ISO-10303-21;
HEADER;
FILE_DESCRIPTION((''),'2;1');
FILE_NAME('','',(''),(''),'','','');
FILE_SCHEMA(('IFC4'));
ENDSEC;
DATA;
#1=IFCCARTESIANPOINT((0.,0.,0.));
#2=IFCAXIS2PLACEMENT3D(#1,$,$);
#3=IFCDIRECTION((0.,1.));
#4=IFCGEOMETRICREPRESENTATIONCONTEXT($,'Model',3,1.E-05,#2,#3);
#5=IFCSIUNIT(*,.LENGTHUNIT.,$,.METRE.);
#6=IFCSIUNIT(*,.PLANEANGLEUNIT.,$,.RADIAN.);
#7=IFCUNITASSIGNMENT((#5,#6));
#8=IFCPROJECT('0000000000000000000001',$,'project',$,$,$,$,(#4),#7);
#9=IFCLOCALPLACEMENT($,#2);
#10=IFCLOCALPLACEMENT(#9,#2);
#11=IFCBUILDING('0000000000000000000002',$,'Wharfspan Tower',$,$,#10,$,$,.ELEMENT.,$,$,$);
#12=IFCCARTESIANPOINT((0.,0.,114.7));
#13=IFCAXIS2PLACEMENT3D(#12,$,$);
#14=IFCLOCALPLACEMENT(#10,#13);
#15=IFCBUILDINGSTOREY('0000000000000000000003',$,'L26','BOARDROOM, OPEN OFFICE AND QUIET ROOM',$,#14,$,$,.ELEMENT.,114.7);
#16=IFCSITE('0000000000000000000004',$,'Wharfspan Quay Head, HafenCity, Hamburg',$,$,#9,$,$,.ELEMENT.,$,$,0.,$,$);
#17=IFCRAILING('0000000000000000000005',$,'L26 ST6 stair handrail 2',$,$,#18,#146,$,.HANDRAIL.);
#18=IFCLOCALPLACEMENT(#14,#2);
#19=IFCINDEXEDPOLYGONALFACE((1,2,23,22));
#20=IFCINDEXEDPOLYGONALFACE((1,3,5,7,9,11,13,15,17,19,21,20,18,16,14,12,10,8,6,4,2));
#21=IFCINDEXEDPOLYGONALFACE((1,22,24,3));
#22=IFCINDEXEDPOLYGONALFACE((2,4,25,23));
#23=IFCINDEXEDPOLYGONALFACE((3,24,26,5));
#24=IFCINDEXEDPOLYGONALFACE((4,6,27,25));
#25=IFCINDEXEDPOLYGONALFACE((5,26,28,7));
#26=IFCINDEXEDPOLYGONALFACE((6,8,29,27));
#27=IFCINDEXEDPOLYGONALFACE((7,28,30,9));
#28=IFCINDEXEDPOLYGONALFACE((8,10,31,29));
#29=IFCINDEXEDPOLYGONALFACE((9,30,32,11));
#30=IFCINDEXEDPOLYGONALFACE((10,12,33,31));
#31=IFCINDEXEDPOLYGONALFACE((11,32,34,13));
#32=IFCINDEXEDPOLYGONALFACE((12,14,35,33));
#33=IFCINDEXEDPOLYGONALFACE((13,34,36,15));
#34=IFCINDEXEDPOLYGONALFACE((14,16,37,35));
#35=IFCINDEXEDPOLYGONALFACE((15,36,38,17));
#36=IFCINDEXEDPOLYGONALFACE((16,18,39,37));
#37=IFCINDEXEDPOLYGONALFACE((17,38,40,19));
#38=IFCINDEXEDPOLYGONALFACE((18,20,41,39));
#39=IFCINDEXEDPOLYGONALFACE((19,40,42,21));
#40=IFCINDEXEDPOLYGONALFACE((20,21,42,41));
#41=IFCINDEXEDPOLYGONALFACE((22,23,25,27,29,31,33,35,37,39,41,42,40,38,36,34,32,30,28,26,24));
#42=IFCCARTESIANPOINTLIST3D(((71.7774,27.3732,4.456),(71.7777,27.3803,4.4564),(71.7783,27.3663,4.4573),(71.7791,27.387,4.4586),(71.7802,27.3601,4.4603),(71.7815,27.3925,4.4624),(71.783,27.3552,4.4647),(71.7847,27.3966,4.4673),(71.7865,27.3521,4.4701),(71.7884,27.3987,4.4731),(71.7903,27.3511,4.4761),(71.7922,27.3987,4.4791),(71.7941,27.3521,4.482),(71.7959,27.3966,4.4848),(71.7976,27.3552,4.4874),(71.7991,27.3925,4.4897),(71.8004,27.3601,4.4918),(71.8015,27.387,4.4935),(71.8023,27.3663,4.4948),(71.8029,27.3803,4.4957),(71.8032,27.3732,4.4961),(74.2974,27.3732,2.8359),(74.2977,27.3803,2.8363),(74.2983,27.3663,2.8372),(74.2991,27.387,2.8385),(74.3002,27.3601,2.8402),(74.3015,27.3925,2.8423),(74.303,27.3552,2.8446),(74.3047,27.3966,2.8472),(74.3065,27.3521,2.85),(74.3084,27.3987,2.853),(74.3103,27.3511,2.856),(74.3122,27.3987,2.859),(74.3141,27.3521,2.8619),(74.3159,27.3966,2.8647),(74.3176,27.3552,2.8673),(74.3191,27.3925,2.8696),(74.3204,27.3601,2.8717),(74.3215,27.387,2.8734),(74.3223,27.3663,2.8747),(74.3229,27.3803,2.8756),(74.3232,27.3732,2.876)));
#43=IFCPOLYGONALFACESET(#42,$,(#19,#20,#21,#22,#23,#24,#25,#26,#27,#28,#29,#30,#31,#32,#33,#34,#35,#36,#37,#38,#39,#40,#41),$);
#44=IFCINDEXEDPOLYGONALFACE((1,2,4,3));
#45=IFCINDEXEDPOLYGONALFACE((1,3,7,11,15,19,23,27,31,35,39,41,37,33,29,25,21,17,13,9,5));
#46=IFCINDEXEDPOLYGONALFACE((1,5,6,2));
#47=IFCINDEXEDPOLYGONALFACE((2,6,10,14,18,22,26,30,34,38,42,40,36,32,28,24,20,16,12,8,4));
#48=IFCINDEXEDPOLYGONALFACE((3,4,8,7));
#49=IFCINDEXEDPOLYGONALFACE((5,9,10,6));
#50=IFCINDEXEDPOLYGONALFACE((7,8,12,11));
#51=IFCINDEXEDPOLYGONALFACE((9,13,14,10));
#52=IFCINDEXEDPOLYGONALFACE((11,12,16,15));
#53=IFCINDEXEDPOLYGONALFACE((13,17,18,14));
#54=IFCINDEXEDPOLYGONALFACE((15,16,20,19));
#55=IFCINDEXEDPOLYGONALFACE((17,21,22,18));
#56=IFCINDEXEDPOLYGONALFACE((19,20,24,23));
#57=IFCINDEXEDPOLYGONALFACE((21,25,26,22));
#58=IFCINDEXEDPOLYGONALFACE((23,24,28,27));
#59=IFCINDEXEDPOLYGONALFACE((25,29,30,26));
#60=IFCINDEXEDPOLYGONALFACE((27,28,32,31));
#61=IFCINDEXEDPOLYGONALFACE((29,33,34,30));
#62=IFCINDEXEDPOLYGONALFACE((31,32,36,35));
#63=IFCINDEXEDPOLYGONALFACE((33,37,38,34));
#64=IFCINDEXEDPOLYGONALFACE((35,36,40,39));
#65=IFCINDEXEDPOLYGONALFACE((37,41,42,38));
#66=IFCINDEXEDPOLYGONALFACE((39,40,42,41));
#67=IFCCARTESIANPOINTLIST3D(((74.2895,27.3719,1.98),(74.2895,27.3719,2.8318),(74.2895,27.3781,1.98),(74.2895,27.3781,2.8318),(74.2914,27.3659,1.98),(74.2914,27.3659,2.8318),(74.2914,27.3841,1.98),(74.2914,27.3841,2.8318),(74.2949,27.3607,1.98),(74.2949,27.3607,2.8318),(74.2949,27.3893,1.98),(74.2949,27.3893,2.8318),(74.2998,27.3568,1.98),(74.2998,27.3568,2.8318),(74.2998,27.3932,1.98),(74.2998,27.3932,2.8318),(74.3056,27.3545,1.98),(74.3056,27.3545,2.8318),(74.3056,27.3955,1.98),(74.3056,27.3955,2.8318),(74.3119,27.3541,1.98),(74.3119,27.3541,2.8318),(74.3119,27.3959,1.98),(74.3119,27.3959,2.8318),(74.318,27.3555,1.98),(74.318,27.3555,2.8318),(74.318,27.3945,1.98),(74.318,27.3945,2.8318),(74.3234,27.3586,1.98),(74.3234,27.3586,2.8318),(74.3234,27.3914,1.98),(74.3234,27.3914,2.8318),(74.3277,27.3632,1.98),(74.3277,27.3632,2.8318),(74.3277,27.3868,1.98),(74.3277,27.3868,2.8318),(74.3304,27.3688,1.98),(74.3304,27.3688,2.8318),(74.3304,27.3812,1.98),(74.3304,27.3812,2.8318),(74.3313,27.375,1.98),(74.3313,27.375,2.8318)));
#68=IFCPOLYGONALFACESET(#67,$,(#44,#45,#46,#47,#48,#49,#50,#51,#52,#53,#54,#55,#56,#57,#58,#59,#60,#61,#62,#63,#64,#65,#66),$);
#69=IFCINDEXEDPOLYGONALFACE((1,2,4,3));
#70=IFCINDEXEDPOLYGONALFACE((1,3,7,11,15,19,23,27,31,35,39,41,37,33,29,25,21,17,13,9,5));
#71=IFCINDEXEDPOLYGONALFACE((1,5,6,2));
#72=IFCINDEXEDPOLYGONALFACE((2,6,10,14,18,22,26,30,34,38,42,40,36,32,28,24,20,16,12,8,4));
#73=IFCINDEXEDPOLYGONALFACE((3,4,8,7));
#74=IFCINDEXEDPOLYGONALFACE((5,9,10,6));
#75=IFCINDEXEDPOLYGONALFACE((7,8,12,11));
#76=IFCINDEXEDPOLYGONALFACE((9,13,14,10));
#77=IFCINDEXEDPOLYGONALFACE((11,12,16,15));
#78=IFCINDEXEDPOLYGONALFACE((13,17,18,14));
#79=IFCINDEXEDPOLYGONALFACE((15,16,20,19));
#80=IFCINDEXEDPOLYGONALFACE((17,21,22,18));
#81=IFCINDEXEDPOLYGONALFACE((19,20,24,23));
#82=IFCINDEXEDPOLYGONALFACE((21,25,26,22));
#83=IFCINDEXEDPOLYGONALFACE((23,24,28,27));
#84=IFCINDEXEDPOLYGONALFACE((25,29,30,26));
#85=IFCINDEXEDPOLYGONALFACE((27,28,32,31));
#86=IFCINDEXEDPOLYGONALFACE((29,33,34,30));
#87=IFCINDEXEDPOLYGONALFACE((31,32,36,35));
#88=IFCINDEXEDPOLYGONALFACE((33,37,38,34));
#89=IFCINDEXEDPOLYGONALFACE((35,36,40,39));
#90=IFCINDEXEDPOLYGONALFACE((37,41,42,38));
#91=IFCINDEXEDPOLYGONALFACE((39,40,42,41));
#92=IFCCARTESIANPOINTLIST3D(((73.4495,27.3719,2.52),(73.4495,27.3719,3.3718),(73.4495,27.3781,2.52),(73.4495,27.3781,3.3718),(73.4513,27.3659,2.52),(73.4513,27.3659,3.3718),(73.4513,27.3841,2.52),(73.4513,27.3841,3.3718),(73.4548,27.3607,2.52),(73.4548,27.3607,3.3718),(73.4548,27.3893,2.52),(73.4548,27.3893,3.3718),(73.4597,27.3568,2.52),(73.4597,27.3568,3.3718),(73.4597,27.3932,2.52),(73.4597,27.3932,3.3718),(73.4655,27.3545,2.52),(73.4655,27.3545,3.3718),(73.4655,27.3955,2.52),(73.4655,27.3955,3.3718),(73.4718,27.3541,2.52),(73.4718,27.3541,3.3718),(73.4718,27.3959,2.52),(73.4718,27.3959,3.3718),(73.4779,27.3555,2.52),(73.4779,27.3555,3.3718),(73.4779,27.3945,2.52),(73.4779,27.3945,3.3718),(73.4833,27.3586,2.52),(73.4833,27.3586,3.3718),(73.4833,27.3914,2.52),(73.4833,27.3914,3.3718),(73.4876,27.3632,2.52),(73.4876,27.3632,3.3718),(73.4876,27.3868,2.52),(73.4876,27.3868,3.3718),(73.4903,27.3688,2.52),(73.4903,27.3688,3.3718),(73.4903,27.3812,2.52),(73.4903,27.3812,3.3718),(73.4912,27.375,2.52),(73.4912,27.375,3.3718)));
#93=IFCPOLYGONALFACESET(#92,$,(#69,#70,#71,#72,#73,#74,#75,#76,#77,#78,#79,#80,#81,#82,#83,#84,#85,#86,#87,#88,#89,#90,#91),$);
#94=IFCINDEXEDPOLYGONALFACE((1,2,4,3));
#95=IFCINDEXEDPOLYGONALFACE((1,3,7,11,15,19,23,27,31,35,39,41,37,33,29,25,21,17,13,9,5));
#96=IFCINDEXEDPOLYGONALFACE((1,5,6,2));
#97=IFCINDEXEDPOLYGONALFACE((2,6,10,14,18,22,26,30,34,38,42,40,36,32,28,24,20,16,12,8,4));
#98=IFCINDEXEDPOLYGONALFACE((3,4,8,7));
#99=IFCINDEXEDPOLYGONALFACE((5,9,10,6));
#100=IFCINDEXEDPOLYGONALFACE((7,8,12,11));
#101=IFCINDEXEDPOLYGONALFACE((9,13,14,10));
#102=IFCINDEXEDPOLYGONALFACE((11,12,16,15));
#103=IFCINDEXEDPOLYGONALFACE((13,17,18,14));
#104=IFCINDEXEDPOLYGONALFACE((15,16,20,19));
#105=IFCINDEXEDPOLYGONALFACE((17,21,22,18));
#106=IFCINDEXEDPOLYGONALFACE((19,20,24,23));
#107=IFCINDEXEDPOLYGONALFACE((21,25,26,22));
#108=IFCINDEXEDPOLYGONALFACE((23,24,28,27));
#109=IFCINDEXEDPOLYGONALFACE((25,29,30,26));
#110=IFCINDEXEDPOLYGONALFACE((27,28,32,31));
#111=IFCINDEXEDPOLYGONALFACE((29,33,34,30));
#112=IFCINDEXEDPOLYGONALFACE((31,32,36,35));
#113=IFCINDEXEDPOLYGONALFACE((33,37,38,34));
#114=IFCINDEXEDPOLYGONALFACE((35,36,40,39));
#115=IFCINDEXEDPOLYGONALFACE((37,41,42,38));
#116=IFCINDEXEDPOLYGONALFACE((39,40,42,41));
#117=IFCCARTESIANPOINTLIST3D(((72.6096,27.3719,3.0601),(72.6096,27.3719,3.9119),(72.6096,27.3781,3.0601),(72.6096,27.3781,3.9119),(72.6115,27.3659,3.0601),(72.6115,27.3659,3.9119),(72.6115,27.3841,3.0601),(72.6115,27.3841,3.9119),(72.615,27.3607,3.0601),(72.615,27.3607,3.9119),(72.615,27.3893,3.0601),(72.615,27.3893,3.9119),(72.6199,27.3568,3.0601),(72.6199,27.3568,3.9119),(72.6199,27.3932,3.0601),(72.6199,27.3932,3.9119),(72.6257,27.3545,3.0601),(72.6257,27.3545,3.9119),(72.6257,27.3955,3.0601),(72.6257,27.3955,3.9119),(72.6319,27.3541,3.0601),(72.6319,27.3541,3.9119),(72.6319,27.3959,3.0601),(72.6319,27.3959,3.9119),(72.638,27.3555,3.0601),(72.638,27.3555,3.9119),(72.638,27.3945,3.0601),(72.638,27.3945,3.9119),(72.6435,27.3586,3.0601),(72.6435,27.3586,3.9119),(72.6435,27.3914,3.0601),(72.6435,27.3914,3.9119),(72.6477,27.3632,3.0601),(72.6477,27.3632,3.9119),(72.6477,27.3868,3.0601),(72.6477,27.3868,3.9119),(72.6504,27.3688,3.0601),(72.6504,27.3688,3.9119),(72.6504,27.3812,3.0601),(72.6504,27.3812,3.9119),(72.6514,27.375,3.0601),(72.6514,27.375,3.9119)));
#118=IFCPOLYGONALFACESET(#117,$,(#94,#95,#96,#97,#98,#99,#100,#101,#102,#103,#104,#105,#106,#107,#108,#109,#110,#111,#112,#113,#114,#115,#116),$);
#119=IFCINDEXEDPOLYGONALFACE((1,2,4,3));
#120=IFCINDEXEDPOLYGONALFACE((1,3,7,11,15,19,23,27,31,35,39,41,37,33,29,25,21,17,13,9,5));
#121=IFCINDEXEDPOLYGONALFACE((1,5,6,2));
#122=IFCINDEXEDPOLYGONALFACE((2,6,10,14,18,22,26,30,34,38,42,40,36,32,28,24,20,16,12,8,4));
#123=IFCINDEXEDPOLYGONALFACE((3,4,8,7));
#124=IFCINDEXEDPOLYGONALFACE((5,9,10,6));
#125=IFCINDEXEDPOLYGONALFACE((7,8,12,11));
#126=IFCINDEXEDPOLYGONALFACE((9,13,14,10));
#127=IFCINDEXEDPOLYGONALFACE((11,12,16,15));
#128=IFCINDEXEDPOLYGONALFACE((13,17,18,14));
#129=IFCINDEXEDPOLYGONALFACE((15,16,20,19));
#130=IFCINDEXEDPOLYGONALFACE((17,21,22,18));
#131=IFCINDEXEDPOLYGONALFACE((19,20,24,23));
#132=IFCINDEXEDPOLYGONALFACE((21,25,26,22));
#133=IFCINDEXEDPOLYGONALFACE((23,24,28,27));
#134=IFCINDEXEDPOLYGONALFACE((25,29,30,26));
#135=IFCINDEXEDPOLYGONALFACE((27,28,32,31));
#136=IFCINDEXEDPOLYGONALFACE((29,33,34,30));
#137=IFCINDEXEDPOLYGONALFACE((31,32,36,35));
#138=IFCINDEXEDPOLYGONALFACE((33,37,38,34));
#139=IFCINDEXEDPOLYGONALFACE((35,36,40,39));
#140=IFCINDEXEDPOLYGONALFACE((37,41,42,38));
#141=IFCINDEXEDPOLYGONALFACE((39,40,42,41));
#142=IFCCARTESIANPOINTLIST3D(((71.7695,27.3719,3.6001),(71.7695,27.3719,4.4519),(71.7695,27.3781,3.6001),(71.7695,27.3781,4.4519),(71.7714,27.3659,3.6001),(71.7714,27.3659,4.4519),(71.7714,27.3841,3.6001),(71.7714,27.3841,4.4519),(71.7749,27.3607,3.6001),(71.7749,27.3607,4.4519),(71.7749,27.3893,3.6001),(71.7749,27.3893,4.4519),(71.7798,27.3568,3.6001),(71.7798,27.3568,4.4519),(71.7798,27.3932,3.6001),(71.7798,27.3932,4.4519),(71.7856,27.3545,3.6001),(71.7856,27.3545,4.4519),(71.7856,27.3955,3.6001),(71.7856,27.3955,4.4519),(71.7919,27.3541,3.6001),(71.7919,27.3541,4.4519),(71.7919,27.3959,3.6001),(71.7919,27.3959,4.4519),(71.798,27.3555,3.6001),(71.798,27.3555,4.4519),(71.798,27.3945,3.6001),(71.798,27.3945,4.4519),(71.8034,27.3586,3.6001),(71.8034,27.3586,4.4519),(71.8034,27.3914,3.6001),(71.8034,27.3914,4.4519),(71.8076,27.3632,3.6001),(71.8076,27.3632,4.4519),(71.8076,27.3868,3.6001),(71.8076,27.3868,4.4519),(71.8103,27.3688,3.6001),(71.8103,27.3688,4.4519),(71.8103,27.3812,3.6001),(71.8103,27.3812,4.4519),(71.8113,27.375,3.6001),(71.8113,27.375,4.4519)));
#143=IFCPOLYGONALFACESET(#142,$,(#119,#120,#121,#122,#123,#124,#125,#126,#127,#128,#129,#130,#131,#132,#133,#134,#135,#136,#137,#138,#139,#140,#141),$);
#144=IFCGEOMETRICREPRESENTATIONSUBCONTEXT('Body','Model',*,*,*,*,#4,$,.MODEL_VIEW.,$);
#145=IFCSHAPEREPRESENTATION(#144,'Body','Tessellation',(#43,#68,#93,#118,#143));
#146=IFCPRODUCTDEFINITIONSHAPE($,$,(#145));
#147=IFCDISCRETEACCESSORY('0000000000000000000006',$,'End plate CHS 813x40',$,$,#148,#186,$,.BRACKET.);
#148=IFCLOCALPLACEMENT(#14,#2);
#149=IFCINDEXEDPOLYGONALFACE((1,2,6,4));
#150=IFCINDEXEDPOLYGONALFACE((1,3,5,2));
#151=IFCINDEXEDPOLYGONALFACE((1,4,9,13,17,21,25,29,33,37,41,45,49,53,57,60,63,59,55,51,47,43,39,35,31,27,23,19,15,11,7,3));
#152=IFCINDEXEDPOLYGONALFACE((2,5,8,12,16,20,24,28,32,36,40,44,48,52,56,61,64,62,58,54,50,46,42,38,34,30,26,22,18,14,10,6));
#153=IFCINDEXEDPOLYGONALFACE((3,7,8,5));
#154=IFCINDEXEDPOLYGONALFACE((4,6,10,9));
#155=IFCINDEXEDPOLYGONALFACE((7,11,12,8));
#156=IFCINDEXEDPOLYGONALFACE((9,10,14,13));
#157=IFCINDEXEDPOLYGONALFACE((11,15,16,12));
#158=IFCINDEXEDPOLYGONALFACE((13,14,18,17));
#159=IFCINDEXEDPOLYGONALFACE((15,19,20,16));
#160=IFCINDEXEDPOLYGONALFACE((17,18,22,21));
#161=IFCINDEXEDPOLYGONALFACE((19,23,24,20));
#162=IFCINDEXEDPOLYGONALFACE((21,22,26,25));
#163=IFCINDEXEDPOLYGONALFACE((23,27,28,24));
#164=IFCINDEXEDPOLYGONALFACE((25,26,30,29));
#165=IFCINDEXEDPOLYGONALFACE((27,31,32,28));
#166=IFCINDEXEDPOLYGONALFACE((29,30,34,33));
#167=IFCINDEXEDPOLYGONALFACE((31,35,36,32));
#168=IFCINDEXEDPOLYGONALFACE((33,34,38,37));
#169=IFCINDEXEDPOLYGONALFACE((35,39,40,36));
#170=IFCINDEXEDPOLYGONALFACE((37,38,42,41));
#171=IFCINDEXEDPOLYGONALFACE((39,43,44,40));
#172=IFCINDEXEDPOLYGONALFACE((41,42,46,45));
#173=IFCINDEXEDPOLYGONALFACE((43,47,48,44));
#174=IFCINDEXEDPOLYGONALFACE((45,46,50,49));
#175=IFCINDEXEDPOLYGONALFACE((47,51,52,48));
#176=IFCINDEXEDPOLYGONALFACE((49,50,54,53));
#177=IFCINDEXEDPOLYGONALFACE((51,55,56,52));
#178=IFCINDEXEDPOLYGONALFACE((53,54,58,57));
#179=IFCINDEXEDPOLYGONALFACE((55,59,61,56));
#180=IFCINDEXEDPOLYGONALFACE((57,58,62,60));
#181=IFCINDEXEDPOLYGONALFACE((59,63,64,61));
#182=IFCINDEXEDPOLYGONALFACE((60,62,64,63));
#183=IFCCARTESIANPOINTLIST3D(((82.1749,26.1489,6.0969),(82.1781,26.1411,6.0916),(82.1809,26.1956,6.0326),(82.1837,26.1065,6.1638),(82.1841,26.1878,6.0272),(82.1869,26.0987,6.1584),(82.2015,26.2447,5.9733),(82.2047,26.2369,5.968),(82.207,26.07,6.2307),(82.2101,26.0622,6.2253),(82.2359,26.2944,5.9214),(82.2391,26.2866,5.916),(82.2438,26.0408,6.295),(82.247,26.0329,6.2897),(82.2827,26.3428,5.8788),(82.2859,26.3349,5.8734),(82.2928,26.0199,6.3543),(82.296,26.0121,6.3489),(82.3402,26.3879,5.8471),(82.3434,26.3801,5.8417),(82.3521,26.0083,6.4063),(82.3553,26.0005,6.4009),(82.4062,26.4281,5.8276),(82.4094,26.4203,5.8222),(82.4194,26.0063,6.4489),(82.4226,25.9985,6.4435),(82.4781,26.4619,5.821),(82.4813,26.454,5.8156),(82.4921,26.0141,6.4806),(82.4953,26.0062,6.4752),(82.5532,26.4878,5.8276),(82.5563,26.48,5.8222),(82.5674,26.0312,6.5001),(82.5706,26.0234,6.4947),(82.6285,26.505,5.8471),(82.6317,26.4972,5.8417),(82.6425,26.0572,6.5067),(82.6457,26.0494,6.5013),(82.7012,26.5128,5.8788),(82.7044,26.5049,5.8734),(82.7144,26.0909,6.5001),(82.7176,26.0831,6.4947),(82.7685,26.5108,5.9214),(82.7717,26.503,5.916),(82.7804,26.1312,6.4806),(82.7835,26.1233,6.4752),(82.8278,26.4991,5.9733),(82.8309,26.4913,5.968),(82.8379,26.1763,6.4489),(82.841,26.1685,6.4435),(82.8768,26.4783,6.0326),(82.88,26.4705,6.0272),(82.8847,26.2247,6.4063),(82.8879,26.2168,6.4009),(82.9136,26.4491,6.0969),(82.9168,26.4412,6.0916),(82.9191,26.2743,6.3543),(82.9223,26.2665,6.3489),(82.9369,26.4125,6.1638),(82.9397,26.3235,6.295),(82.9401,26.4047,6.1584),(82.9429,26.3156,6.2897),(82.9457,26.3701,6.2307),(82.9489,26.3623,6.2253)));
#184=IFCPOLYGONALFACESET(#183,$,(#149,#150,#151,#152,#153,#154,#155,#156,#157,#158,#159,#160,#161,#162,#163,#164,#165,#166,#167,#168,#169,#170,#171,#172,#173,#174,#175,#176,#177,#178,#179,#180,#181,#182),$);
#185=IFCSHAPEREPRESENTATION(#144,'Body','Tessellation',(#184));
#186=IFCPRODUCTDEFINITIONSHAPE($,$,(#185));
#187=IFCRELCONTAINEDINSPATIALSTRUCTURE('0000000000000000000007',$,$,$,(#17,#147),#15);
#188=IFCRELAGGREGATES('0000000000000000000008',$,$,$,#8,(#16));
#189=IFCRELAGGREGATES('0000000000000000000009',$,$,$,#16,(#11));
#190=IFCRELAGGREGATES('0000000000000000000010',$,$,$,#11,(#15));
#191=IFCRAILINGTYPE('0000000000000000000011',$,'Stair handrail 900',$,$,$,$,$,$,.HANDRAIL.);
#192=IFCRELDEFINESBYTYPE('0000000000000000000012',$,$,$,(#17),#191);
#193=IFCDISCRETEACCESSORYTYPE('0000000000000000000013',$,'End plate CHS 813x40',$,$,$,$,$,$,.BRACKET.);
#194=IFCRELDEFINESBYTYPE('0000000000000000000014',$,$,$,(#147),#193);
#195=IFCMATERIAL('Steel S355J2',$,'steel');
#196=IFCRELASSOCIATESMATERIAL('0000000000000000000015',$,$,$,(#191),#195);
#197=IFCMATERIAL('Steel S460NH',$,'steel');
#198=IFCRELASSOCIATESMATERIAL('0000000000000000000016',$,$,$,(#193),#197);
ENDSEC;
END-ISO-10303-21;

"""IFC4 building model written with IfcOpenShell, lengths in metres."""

from ifc_helpers import new_model, si_unit, direction, frame, origin, origin_2d, place, context, subcontext, project, spatial, circle, extrude, material, material_profile, profile_set, type_object, element, save


model = new_model("IFC4")

# Units and contexts
model_context = context("Model", 3, precision=1e-05, world=origin(), true_north=direction((0.0, 1.0)))
body_context = subcontext(model_context, "Body", "Model", "MODEL_VIEW")
ifc_project = project(units=[si_unit("LENGTHUNIT", "METRE"), si_unit("PLANEANGLEUNIT", "RADIAN")], contexts=[model_context])

# Site, building, storey
site_placement = place(None, origin())
site = spatial("IfcSite", under=ifc_project, at=site_placement, Name="Wharfspan Quay Head, HafenCity, Hamburg", CompositionType="ELEMENT", RefElevation=0.0)
building_placement = place(site_placement, origin())
building = spatial("IfcBuilding", under=site, at=building_placement, Name="Wharfspan Tower", CompositionType="ELEMENT")
storey_placement = place(building_placement, frame((0.0, 0.0, 114.7)))
storey = spatial("IfcBuildingStorey", under=building, at=storey_placement, Name="L26", Description="BOARDROOM, OPEN OFFICE AND QUIET ROOM", CompositionType="ELEMENT", Elevation=114.7)

# Shared definitions
ifc_material_1 = material(Name="Steel S355J2", Category="steel")

# Shared definitions
ifc_material_2 = material(Name="Steel S460NH", Category="steel")

# Railing
railing_type_1 = type_object("IfcRailingType", Name="Stair handrail 900", PredefinedType="HANDRAIL", material=ifc_material_1)
railing_1_placement = place(storey_placement, frame((74.3103, 27.375, 1.98)))
element("IfcRailing", 1, at=railing_1_placement, inside=storey, type_object=railing_type_1, Name="L26 ST6 stair handrail 2", PredefinedType="HANDRAIL", context=body_context, shape_type="SweptSolid", body=[
    extrude(circle(Radius=0.0239, at=origin_2d()), frame((0.0, 0.0, 0.876), z_axis=(-0.841163, 0.0, 0.540782), x_axis=(0.0, -1.0, 0.0)), (0.0, 0.0, 1.0), 2.9958),
    extrude(circle(Radius=0.021, at=origin_2d()), origin(), (0.0, 0.0, 1.0), 0.8518),
    extrude(circle(Radius=0.021, at=origin_2d()), frame((-0.8401, 0.0, 0.54)), (0.0, 0.0, 1.0), 0.8518),
    extrude(circle(Radius=0.021, at=origin_2d()), frame((-1.6799, 0.0, 1.0801)), (0.0, 0.0, 1.0), 0.8518),
    extrude(circle(Radius=0.021, at=origin_2d()), frame((-2.52, 0.0, 1.6201)), (0.0, 0.0, 1.0), 0.8518),
])

# Discrete accessory
ifc_material_profile_1 = material_profile(ifc_material_2, circle(Radius=0.4065, at=origin_2d()))
ifc_profile_set_1 = profile_set([ifc_material_profile_1], Name="Steel S460NH")
discrete_accessory_type = type_object("IfcDiscreteAccessoryType", Name="End plate CHS 813x40", PredefinedType="BRACKET", material=ifc_profile_set_1)
for number, where, z_axis, x_axis, name in (
    (2, (82.5635, 26.2517, 6.1584), (-0.317451, 0.781418, 0.537225), (-0.92647, -0.376377, -0.000002), "End plate CHS 813x40"),
):
    element("IfcDiscreteAccessory", number, at=place(storey_placement, frame(where, z_axis=z_axis, x_axis=x_axis)), inside=storey, type_object=discrete_accessory_type, Name=name, PredefinedType="BRACKET", context=body_context, shape_type="SweptSolid", body=[
        extrude(circle(Radius=0.4065, at=origin_2d()), origin(), (0.0, 0.0, 1.0), 0.01),
    ])

save(model, "model.ifc")
